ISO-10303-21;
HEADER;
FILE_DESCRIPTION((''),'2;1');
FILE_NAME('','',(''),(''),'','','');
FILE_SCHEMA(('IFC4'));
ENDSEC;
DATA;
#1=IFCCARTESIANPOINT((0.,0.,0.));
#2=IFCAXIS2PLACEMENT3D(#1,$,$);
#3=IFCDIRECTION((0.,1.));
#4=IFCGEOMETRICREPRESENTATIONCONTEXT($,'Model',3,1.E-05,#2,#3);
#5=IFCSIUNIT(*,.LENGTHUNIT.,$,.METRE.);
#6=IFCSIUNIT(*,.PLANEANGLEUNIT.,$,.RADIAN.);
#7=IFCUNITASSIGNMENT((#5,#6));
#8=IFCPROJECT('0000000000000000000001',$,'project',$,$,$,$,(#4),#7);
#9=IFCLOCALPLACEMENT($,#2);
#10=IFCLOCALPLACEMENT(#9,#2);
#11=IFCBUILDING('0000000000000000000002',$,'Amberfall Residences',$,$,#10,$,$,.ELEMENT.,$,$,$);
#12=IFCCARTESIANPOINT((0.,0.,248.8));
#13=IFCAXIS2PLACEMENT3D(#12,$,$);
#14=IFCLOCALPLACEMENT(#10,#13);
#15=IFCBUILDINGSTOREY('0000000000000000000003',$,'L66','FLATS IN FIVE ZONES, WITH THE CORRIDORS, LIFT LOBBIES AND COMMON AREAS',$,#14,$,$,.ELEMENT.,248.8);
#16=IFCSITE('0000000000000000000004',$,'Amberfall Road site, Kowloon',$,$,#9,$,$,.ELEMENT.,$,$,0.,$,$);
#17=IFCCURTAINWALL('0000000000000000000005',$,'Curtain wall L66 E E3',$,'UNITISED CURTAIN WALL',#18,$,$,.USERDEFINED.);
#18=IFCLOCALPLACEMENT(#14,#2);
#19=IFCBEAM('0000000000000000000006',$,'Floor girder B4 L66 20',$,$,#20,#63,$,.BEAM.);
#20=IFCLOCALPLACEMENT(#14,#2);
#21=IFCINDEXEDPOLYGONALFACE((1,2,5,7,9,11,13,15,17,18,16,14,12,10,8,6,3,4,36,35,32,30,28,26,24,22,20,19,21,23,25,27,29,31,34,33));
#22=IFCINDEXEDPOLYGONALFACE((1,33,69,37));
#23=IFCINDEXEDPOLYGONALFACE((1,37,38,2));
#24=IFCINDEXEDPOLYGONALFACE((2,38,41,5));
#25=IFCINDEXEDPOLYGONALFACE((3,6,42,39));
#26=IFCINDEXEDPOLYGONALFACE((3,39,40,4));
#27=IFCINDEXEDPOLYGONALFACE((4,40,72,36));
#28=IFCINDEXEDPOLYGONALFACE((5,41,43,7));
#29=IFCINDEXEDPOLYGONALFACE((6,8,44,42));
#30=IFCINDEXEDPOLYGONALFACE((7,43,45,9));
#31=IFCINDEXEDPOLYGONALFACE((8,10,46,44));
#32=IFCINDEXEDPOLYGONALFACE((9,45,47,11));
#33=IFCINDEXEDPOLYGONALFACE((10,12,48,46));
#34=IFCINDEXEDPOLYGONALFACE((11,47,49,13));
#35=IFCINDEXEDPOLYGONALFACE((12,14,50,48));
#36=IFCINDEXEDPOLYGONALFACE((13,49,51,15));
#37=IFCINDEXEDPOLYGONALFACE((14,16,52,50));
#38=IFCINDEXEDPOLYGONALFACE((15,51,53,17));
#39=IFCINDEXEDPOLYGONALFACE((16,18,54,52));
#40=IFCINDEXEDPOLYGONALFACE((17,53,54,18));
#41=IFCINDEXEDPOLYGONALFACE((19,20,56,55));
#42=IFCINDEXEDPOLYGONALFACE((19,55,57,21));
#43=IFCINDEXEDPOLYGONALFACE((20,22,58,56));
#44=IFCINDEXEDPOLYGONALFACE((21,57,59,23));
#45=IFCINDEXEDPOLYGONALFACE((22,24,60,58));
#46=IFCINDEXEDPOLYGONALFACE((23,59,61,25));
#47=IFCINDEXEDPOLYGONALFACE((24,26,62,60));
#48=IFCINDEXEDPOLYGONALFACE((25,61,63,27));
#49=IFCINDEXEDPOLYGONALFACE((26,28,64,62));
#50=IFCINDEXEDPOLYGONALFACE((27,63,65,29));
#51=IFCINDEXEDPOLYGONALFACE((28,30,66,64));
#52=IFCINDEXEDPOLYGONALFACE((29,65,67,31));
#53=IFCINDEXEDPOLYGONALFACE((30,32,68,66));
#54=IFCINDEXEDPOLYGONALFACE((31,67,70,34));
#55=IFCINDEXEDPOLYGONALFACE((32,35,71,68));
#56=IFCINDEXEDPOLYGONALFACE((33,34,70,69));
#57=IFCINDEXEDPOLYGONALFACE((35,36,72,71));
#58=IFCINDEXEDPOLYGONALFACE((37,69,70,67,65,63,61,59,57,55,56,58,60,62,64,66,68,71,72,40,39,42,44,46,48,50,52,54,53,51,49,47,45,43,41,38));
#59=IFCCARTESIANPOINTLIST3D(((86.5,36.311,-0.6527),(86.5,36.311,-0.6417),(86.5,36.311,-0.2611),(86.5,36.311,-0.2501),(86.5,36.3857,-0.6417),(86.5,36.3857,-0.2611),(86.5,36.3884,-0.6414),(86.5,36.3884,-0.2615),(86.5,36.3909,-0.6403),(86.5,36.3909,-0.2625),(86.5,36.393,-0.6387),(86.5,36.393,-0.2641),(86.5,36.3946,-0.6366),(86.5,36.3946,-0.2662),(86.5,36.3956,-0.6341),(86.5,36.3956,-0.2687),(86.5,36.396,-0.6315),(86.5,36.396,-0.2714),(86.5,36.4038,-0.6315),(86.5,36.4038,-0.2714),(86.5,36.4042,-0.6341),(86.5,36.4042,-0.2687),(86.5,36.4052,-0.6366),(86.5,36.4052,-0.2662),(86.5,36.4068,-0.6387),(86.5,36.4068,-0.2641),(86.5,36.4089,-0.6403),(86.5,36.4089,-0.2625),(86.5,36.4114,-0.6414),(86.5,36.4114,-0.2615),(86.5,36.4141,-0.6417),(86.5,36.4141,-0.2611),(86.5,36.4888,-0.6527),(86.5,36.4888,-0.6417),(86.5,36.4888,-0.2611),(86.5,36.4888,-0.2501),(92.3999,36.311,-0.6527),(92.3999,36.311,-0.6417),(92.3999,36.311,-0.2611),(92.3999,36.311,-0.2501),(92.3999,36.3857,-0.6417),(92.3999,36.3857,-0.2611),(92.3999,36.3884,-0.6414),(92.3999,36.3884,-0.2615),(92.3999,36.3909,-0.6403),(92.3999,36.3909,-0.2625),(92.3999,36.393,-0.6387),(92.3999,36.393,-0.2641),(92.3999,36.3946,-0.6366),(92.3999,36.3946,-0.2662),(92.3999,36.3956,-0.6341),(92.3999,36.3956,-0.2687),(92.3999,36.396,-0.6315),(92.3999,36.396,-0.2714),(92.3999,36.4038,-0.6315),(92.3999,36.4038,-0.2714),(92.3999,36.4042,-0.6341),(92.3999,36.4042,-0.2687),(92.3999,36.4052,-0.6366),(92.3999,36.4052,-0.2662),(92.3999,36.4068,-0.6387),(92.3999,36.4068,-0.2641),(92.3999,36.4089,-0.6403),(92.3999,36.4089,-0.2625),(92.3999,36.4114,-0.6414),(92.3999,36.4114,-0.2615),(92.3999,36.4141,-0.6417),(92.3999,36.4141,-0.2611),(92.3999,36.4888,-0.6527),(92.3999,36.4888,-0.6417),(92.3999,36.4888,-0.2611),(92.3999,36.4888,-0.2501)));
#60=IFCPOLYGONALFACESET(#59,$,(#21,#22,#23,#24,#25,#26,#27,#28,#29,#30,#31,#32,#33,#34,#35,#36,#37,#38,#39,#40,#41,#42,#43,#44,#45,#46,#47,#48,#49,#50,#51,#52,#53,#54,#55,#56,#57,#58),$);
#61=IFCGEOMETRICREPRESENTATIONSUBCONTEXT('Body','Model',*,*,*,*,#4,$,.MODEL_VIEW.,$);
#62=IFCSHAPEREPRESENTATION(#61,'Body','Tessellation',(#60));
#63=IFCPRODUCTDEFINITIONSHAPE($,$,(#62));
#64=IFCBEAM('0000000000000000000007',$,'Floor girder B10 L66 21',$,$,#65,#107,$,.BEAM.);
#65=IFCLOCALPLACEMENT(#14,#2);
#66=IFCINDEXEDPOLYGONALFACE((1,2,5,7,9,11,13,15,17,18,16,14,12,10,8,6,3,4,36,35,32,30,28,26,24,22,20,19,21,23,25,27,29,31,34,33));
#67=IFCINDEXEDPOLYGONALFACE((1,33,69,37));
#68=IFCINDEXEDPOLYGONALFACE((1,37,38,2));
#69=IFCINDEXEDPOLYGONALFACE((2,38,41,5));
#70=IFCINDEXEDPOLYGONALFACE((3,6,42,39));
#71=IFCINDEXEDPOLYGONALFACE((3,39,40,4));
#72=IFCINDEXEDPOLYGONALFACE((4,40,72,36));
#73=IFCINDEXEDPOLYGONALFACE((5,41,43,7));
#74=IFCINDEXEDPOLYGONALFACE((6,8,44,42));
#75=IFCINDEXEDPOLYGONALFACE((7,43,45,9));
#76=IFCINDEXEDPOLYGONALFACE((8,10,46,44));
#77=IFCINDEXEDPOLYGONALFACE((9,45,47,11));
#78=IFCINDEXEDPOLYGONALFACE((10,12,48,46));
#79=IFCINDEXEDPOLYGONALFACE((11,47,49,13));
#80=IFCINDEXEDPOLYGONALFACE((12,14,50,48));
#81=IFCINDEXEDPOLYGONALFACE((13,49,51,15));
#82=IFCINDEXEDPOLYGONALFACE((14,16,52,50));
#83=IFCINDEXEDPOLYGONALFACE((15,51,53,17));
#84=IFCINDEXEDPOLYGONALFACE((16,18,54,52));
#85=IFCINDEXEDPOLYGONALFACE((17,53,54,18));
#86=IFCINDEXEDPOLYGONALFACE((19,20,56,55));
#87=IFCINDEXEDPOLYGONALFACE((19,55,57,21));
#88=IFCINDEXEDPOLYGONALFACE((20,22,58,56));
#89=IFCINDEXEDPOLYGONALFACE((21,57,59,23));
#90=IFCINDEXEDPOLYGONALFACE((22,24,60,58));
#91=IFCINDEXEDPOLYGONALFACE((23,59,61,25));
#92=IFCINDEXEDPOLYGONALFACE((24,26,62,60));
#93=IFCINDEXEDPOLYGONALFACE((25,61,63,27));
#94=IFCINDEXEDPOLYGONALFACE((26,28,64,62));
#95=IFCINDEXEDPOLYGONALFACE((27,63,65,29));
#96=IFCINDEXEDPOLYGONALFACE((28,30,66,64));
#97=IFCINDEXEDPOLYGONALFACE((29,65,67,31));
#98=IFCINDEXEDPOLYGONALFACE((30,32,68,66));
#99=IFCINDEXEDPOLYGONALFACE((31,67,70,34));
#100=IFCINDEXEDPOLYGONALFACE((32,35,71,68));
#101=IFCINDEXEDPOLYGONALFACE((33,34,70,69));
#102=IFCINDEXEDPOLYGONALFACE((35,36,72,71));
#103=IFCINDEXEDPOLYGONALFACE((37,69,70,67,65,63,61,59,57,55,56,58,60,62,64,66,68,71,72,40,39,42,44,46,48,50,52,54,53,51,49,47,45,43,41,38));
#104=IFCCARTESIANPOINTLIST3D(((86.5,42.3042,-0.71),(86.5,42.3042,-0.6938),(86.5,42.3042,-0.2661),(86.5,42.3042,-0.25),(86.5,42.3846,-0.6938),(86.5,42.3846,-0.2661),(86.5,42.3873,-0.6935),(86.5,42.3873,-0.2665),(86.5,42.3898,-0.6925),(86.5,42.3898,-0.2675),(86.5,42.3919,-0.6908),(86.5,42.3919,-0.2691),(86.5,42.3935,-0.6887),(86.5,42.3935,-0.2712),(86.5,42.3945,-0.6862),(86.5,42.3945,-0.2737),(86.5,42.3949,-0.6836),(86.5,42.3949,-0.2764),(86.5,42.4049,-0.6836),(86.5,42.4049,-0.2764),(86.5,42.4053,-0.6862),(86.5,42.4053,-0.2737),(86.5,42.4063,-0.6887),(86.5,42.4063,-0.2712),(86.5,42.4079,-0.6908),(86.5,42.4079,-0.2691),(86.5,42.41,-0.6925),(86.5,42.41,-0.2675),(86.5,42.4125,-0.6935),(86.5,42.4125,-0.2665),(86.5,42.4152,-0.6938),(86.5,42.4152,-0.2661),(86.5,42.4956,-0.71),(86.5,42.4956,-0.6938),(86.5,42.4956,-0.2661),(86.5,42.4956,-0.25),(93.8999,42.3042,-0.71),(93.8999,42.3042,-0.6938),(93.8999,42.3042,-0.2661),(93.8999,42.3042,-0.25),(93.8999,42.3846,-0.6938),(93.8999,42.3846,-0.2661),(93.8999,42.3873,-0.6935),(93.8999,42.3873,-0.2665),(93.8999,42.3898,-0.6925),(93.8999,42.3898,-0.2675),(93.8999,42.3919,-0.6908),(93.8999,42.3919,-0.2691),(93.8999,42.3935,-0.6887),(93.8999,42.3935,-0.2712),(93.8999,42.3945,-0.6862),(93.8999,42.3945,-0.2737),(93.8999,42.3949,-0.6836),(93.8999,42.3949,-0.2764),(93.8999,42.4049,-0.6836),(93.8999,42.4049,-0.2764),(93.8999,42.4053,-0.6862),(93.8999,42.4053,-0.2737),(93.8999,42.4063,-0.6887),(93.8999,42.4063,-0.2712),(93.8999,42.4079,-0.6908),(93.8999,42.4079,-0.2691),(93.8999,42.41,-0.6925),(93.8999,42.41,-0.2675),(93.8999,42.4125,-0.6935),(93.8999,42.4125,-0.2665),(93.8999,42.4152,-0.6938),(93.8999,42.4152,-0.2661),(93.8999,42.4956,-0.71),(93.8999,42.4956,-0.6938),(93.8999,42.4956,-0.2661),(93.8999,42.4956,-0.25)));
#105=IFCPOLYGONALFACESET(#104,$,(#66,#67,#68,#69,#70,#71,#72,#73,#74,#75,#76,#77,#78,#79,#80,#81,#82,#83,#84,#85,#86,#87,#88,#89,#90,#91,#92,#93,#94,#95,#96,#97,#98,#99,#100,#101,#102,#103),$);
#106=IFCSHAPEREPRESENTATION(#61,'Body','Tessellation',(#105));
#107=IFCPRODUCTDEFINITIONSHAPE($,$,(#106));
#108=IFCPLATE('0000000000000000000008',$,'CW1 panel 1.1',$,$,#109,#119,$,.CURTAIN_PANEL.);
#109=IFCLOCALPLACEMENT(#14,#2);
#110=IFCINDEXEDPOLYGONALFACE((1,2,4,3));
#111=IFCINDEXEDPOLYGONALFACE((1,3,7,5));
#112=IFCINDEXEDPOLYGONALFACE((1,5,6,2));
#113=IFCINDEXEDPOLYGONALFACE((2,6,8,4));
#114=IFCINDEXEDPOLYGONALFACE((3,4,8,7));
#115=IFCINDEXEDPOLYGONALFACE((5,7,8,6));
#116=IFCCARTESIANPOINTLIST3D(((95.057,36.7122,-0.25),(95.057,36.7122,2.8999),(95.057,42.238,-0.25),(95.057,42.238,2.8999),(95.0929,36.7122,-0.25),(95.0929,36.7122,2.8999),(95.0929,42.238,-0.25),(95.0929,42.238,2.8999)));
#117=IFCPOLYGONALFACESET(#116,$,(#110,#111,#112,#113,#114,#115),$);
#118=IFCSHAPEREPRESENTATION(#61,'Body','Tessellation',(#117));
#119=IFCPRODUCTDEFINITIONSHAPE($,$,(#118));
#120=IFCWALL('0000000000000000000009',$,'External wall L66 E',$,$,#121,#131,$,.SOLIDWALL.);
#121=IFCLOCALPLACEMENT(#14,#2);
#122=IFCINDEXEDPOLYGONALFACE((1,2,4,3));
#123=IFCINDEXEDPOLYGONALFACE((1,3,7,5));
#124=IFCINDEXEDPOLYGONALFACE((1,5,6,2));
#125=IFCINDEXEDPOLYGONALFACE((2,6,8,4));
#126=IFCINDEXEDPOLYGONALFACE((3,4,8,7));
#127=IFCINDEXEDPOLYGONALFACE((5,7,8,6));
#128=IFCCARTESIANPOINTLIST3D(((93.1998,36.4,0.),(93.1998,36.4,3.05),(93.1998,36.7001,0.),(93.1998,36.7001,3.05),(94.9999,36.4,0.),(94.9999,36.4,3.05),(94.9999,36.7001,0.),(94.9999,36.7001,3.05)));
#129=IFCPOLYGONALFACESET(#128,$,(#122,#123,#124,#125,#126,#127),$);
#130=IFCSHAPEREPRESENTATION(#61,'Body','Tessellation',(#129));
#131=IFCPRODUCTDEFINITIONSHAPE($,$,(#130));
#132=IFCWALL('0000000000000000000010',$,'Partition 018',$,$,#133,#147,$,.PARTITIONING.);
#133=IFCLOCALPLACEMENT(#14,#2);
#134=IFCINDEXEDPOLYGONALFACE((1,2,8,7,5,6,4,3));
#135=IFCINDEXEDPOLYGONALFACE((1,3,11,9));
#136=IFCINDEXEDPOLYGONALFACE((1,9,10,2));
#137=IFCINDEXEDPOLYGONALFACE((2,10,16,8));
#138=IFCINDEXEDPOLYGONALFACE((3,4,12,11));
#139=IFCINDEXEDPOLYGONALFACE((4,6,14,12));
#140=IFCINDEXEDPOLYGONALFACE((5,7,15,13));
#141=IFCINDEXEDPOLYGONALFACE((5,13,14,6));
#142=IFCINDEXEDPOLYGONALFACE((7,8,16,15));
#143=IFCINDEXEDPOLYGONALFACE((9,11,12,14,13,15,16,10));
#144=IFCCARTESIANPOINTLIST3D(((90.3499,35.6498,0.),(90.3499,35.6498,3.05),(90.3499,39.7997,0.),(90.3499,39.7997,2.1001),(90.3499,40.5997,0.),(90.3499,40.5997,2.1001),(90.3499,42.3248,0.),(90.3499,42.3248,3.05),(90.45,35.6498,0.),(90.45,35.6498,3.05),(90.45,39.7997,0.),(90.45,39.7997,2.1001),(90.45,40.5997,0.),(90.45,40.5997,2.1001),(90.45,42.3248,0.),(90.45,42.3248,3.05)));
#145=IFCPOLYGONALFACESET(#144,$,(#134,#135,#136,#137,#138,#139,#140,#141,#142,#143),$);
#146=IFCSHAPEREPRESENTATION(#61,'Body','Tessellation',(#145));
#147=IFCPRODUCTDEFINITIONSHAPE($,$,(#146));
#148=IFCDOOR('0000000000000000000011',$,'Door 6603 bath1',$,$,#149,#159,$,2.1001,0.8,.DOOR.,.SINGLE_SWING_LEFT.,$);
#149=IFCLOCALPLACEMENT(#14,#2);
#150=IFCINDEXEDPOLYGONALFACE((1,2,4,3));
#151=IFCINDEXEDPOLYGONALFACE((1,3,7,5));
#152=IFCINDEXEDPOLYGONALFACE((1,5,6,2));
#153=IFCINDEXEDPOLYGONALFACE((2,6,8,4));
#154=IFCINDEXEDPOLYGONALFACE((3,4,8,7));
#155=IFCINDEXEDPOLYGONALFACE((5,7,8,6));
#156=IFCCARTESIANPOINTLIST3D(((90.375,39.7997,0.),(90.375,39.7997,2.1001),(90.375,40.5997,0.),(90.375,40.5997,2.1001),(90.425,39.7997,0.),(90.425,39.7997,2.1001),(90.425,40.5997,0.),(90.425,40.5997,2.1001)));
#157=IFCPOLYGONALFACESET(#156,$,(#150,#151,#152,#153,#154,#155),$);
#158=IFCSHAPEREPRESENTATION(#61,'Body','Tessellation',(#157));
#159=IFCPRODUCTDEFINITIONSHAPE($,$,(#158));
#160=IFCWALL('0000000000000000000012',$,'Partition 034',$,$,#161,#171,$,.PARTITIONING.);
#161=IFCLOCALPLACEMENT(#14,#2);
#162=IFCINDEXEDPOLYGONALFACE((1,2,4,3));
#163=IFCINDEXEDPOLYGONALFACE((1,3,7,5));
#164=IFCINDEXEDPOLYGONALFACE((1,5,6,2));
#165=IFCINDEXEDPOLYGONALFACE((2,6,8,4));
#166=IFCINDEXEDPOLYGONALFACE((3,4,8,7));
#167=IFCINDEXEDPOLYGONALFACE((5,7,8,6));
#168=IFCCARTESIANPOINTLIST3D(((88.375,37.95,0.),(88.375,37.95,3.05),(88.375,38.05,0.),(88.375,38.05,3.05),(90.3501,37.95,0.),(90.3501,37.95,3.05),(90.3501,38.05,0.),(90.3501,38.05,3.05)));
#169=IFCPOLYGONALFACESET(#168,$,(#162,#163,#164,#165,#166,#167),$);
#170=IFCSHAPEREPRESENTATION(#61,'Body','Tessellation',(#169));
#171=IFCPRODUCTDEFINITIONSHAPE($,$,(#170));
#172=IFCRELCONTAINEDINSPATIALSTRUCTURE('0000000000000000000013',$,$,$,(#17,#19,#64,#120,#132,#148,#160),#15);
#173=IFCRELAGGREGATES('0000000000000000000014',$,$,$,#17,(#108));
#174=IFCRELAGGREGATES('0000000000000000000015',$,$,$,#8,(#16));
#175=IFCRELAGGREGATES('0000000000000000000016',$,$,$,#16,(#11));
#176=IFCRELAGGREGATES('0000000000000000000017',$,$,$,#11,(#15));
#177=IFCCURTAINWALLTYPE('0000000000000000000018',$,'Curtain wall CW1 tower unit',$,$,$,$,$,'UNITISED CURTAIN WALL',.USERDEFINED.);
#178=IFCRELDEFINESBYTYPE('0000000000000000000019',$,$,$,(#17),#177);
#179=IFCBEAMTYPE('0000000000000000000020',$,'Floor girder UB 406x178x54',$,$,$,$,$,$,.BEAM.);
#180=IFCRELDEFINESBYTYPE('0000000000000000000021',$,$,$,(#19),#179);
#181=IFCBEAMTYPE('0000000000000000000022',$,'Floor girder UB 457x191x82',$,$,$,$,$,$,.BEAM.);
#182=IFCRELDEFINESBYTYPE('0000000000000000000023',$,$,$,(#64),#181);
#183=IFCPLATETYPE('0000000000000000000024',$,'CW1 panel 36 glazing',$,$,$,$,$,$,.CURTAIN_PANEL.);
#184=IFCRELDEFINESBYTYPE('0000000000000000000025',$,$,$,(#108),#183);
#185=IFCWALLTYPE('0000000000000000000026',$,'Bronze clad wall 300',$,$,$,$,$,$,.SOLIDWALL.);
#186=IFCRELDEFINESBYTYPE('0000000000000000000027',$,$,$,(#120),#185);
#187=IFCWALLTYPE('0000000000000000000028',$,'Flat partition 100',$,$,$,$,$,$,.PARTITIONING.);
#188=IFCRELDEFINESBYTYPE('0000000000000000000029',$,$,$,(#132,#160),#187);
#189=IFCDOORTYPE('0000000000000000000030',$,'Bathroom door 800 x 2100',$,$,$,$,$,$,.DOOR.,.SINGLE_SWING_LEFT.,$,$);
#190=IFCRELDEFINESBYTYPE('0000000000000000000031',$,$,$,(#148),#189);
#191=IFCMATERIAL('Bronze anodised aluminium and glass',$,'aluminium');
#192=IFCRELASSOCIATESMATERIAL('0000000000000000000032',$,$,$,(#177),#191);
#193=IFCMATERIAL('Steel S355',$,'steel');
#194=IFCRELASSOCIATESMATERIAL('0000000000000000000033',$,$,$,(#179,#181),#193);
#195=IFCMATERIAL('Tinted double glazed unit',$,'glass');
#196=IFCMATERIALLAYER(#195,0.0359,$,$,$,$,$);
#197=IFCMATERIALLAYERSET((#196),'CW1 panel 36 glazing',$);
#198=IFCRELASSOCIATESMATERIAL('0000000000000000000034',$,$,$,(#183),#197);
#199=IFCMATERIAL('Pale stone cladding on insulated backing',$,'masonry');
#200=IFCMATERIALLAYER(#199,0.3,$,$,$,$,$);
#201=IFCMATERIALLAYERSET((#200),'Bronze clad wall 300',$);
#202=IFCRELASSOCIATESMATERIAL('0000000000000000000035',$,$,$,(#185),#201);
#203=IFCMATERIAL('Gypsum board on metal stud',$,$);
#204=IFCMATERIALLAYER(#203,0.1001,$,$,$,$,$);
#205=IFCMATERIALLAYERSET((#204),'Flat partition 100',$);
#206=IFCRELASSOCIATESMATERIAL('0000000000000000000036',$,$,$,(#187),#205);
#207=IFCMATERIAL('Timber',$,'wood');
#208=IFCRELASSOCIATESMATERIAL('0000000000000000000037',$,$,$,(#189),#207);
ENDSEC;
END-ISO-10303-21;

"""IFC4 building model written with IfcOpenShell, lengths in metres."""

from ifc_helpers import new_model, si_unit, direction, frame, frame_2d, origin, origin_2d, place, context, subcontext, project, spatial, rectangle, i_section, extrude, material, layer, layer_set, material_profile, profile_set, type_object, element, fill, aggregate, save


model = new_model("IFC4")

# Units and contexts
model_context = context("Model", 3, precision=1e-05, world=origin(), true_north=direction((0.0, 1.0)))
body_context = subcontext(model_context, "Body", "Model", "MODEL_VIEW")
ifc_project = project(units=[si_unit("LENGTHUNIT", "METRE"), si_unit("PLANEANGLEUNIT", "RADIAN")], contexts=[model_context])

# Site, building, storey
site_placement = place(None, origin())
site = spatial("IfcSite", under=ifc_project, at=site_placement, Name="Amberfall Road site, Kowloon", CompositionType="ELEMENT", RefElevation=0.0)
building_placement = place(site_placement, origin())
building = spatial("IfcBuilding", under=site, at=building_placement, Name="Amberfall Residences", CompositionType="ELEMENT")
storey_placement = place(building_placement, frame((0.0, 0.0, 248.8)))
storey = spatial("IfcBuildingStorey", under=building, at=storey_placement, Name="L66", Description="FLATS IN FIVE ZONES, WITH THE CORRIDORS, LIFT LOBBIES AND COMMON AREAS", CompositionType="ELEMENT", Elevation=248.8)

# Curtain wall
ifc_material_1 = material(Name="Bronze anodised aluminium and glass", Category="aluminium")
curtain_wall_type = type_object("IfcCurtainWallType", Name="Curtain wall CW1 tower unit", ElementType="UNITISED CURTAIN WALL", PredefinedType="USERDEFINED", material=ifc_material_1)
curtain_wall_placement = place(storey_placement, origin())
curtain_wall = element("IfcCurtainWall", 1, at=curtain_wall_placement, inside=storey, type_object=curtain_wall_type, Name="Curtain wall L66 E E3", ObjectType="UNITISED CURTAIN WALL", PredefinedType="USERDEFINED")

# Shared definitions
ifc_material_2 = material(Name="Steel S355", Category="steel")

# Beams
ifc_material_profile_1 = material_profile(ifc_material_2, i_section(OverallWidth=0.1777, OverallDepth=0.4026, WebThickness=0.0078, FlangeThickness=0.011, FilletRadius=0.0103, at=origin_2d()), Name="UB 406x178x54")
ifc_profile_set_1 = profile_set([ifc_material_profile_1], Name="Steel S355")
beam_type_1 = type_object("IfcBeamType", Name="Floor girder UB 406x178x54", PredefinedType="BEAM", material=ifc_profile_set_1)
beam_1_placement = place(storey_placement, frame((92.3999, 36.3999, -0.4514), z_axis=(-1.0, 0.0, 0.0), x_axis=(0.0, -1.0, 0.0)))
element("IfcBeam", 2, at=beam_1_placement, inside=storey, type_object=beam_type_1, Name="Floor girder B4 L66 20", PredefinedType="BEAM", context=body_context, shape_type="SweptSolid", body=[
    extrude(i_section(OverallWidth=0.1777, OverallDepth=0.4026, WebThickness=0.0078, FlangeThickness=0.011, FilletRadius=0.0103, at=origin_2d()), origin(), (0.0, 0.0, 1.0), 5.8999),
])
ifc_material_profile_2 = material_profile(ifc_material_2, i_section(OverallWidth=0.1914, OverallDepth=0.46, WebThickness=0.01, FlangeThickness=0.0161, FilletRadius=0.0103, at=origin_2d()), Name="UB 457x191x82")
ifc_profile_set_2 = profile_set([ifc_material_profile_2], Name="Steel S355")
beam_type_2 = type_object("IfcBeamType", Name="Floor girder UB 457x191x82", PredefinedType="BEAM", material=ifc_profile_set_2)
beam_2_placement = place(storey_placement, frame((93.8999, 42.3999, -0.48), z_axis=(-1.0, 0.0, 0.0), x_axis=(0.0, -1.0, 0.0)))
element("IfcBeam", 3, at=beam_2_placement, inside=storey, type_object=beam_type_2, Name="Floor girder B10 L66 21", PredefinedType="BEAM", context=body_context, shape_type="SweptSolid", body=[
    extrude(i_section(OverallWidth=0.1914, OverallDepth=0.46, WebThickness=0.01, FlangeThickness=0.0161, FilletRadius=0.0103, at=origin_2d()), origin(), (0.0, 0.0, 1.0), 7.3999),
])

# Plate
ifc_material_3 = material(Name="Tinted double glazed unit", Category="glass")
ifc_layer_1 = layer(ifc_material_3, 0.0359)
ifc_layer_set_1 = layer_set([ifc_layer_1], Name="CW1 panel 36 glazing")
plate_type = type_object("IfcPlateType", Name="CW1 panel 36 glazing", PredefinedType="CURTAIN_PANEL", material=ifc_layer_set_1)
plate_placement = place(storey_placement, frame((95.075, 39.4751, -0.25), z_axis=(0.0, 0.0, 1.0), x_axis=(0.0, 1.0, 0.0)))
plate = element("IfcPlate", 4, at=plate_placement, type_object=plate_type, Name="CW1 panel 1.1", PredefinedType="CURTAIN_PANEL", context=body_context, shape_type="SweptSolid", body=[
    extrude(rectangle(XDim=5.5259, YDim=0.0359, at=origin_2d()), origin(), (0.0, 0.0, 1.0), 3.1499),
])
aggregate(curtain_wall, [plate])

# Wall
ifc_material_4 = material(Name="Pale stone cladding on insulated backing", Category="masonry")
ifc_layer_2 = layer(ifc_material_4, 0.3)
ifc_layer_set_2 = layer_set([ifc_layer_2], Name="Bronze clad wall 300")
wall_type_1 = type_object("IfcWallType", Name="Bronze clad wall 300", PredefinedType="SOLIDWALL", material=ifc_layer_set_2)
wall_1_placement = place(storey_placement, frame((93.2, 36.55, 0.0), z_axis=(0.0, 0.0, 1.0), x_axis=(1.0, 0.0, 0.0)))
element("IfcWall", 5, at=wall_1_placement, inside=storey, type_object=wall_type_1, Name="External wall L66 E", PredefinedType="SOLIDWALL", context=body_context, shape_type="SweptSolid", body=[
    extrude(rectangle(XDim=1.8, YDim=0.3, at=frame_2d((0.8999, 0.0))), origin(), (0.0, 0.0, 1.0), 3.05),
])

# Wall, opening, door
ifc_material_5 = material(Name="Gypsum board on metal stud")
ifc_layer_3 = layer(ifc_material_5, 0.1001)
ifc_layer_set_3 = layer_set([ifc_layer_3], Name="Flat partition 100")
wall_type_2 = type_object("IfcWallType", Name="Flat partition 100", PredefinedType="PARTITIONING", material=ifc_layer_set_3)
wall_2_placement = place(storey_placement, frame((90.3999, 35.6499, 0.0), z_axis=(0.0, 0.0, 1.0), x_axis=(0.0, 1.0, 0.0)))
wall_2 = element("IfcWall", 6, at=wall_2_placement, inside=storey, type_object=wall_type_2, Name="Partition 018", PredefinedType="PARTITIONING", context=body_context, shape_type="SweptSolid", body=[
    extrude(rectangle(XDim=6.675, YDim=0.1001, at=frame_2d((3.3374, 0.0))), origin(), (0.0, 0.0, 1.0), 3.05),
])
opening_1_placement = place(wall_2_placement, frame((4.1499, 0.0, 0.0)))
opening_1 = element("IfcOpeningElement", 7, at=opening_1_placement, cuts=wall_2, PredefinedType="OPENING", context=body_context, shape_type="SweptSolid", body=[
    extrude(rectangle(XDim=0.8, YDim=2.1001, at=frame_2d((0.3999, 1.05))), frame((0.0, 0.0601, 0.0), z_axis=(0.0, -1.0, 0.0), x_axis=(1.0, 0.0, 0.0)), (0.0, 0.0, 1.0), 0.1201),
])
ifc_material_6 = material(Name="Timber", Category="wood")
door_type_1 = type_object("IfcDoorType", Name="Bathroom door 800 x 2100", OperationType="SINGLE_SWING_LEFT", PredefinedType="DOOR", material=ifc_material_6)
door_1_placement = place(opening_1_placement, origin())
door_1 = element("IfcDoor", 8, at=door_1_placement, inside=storey, type_object=door_type_1, Name="Door 6603 bath1", OperationType="SINGLE_SWING_LEFT", OverallHeight=2.1001, OverallWidth=0.8, PredefinedType="DOOR", context=body_context, shape_type="SweptSolid", body=[
    extrude(rectangle(XDim=0.8, YDim=2.1001, at=frame_2d((0.3999, 1.05))), frame((0.0, 0.0249, 0.0), z_axis=(0.0, -1.0, 0.0), x_axis=(1.0, 0.0, 0.0)), (0.0, 0.0, 1.0), 0.05),
])
fill(opening_1, door_1)

# Wall
wall_3_placement = place(storey_placement, frame((88.375, 38.0, 0.0), z_axis=(0.0, 0.0, 1.0), x_axis=(1.0, 0.0, 0.0)))
element("IfcWall", 9, at=wall_3_placement, inside=storey, type_object=wall_type_2, Name="Partition 034", PredefinedType="PARTITIONING", context=body_context, shape_type="SweptSolid", body=[
    extrude(rectangle(XDim=1.9751, YDim=0.1001, at=frame_2d((0.9875, 0.0))), origin(), (0.0, 0.0, 1.0), 3.05),
])

save(model, "model.ifc")
